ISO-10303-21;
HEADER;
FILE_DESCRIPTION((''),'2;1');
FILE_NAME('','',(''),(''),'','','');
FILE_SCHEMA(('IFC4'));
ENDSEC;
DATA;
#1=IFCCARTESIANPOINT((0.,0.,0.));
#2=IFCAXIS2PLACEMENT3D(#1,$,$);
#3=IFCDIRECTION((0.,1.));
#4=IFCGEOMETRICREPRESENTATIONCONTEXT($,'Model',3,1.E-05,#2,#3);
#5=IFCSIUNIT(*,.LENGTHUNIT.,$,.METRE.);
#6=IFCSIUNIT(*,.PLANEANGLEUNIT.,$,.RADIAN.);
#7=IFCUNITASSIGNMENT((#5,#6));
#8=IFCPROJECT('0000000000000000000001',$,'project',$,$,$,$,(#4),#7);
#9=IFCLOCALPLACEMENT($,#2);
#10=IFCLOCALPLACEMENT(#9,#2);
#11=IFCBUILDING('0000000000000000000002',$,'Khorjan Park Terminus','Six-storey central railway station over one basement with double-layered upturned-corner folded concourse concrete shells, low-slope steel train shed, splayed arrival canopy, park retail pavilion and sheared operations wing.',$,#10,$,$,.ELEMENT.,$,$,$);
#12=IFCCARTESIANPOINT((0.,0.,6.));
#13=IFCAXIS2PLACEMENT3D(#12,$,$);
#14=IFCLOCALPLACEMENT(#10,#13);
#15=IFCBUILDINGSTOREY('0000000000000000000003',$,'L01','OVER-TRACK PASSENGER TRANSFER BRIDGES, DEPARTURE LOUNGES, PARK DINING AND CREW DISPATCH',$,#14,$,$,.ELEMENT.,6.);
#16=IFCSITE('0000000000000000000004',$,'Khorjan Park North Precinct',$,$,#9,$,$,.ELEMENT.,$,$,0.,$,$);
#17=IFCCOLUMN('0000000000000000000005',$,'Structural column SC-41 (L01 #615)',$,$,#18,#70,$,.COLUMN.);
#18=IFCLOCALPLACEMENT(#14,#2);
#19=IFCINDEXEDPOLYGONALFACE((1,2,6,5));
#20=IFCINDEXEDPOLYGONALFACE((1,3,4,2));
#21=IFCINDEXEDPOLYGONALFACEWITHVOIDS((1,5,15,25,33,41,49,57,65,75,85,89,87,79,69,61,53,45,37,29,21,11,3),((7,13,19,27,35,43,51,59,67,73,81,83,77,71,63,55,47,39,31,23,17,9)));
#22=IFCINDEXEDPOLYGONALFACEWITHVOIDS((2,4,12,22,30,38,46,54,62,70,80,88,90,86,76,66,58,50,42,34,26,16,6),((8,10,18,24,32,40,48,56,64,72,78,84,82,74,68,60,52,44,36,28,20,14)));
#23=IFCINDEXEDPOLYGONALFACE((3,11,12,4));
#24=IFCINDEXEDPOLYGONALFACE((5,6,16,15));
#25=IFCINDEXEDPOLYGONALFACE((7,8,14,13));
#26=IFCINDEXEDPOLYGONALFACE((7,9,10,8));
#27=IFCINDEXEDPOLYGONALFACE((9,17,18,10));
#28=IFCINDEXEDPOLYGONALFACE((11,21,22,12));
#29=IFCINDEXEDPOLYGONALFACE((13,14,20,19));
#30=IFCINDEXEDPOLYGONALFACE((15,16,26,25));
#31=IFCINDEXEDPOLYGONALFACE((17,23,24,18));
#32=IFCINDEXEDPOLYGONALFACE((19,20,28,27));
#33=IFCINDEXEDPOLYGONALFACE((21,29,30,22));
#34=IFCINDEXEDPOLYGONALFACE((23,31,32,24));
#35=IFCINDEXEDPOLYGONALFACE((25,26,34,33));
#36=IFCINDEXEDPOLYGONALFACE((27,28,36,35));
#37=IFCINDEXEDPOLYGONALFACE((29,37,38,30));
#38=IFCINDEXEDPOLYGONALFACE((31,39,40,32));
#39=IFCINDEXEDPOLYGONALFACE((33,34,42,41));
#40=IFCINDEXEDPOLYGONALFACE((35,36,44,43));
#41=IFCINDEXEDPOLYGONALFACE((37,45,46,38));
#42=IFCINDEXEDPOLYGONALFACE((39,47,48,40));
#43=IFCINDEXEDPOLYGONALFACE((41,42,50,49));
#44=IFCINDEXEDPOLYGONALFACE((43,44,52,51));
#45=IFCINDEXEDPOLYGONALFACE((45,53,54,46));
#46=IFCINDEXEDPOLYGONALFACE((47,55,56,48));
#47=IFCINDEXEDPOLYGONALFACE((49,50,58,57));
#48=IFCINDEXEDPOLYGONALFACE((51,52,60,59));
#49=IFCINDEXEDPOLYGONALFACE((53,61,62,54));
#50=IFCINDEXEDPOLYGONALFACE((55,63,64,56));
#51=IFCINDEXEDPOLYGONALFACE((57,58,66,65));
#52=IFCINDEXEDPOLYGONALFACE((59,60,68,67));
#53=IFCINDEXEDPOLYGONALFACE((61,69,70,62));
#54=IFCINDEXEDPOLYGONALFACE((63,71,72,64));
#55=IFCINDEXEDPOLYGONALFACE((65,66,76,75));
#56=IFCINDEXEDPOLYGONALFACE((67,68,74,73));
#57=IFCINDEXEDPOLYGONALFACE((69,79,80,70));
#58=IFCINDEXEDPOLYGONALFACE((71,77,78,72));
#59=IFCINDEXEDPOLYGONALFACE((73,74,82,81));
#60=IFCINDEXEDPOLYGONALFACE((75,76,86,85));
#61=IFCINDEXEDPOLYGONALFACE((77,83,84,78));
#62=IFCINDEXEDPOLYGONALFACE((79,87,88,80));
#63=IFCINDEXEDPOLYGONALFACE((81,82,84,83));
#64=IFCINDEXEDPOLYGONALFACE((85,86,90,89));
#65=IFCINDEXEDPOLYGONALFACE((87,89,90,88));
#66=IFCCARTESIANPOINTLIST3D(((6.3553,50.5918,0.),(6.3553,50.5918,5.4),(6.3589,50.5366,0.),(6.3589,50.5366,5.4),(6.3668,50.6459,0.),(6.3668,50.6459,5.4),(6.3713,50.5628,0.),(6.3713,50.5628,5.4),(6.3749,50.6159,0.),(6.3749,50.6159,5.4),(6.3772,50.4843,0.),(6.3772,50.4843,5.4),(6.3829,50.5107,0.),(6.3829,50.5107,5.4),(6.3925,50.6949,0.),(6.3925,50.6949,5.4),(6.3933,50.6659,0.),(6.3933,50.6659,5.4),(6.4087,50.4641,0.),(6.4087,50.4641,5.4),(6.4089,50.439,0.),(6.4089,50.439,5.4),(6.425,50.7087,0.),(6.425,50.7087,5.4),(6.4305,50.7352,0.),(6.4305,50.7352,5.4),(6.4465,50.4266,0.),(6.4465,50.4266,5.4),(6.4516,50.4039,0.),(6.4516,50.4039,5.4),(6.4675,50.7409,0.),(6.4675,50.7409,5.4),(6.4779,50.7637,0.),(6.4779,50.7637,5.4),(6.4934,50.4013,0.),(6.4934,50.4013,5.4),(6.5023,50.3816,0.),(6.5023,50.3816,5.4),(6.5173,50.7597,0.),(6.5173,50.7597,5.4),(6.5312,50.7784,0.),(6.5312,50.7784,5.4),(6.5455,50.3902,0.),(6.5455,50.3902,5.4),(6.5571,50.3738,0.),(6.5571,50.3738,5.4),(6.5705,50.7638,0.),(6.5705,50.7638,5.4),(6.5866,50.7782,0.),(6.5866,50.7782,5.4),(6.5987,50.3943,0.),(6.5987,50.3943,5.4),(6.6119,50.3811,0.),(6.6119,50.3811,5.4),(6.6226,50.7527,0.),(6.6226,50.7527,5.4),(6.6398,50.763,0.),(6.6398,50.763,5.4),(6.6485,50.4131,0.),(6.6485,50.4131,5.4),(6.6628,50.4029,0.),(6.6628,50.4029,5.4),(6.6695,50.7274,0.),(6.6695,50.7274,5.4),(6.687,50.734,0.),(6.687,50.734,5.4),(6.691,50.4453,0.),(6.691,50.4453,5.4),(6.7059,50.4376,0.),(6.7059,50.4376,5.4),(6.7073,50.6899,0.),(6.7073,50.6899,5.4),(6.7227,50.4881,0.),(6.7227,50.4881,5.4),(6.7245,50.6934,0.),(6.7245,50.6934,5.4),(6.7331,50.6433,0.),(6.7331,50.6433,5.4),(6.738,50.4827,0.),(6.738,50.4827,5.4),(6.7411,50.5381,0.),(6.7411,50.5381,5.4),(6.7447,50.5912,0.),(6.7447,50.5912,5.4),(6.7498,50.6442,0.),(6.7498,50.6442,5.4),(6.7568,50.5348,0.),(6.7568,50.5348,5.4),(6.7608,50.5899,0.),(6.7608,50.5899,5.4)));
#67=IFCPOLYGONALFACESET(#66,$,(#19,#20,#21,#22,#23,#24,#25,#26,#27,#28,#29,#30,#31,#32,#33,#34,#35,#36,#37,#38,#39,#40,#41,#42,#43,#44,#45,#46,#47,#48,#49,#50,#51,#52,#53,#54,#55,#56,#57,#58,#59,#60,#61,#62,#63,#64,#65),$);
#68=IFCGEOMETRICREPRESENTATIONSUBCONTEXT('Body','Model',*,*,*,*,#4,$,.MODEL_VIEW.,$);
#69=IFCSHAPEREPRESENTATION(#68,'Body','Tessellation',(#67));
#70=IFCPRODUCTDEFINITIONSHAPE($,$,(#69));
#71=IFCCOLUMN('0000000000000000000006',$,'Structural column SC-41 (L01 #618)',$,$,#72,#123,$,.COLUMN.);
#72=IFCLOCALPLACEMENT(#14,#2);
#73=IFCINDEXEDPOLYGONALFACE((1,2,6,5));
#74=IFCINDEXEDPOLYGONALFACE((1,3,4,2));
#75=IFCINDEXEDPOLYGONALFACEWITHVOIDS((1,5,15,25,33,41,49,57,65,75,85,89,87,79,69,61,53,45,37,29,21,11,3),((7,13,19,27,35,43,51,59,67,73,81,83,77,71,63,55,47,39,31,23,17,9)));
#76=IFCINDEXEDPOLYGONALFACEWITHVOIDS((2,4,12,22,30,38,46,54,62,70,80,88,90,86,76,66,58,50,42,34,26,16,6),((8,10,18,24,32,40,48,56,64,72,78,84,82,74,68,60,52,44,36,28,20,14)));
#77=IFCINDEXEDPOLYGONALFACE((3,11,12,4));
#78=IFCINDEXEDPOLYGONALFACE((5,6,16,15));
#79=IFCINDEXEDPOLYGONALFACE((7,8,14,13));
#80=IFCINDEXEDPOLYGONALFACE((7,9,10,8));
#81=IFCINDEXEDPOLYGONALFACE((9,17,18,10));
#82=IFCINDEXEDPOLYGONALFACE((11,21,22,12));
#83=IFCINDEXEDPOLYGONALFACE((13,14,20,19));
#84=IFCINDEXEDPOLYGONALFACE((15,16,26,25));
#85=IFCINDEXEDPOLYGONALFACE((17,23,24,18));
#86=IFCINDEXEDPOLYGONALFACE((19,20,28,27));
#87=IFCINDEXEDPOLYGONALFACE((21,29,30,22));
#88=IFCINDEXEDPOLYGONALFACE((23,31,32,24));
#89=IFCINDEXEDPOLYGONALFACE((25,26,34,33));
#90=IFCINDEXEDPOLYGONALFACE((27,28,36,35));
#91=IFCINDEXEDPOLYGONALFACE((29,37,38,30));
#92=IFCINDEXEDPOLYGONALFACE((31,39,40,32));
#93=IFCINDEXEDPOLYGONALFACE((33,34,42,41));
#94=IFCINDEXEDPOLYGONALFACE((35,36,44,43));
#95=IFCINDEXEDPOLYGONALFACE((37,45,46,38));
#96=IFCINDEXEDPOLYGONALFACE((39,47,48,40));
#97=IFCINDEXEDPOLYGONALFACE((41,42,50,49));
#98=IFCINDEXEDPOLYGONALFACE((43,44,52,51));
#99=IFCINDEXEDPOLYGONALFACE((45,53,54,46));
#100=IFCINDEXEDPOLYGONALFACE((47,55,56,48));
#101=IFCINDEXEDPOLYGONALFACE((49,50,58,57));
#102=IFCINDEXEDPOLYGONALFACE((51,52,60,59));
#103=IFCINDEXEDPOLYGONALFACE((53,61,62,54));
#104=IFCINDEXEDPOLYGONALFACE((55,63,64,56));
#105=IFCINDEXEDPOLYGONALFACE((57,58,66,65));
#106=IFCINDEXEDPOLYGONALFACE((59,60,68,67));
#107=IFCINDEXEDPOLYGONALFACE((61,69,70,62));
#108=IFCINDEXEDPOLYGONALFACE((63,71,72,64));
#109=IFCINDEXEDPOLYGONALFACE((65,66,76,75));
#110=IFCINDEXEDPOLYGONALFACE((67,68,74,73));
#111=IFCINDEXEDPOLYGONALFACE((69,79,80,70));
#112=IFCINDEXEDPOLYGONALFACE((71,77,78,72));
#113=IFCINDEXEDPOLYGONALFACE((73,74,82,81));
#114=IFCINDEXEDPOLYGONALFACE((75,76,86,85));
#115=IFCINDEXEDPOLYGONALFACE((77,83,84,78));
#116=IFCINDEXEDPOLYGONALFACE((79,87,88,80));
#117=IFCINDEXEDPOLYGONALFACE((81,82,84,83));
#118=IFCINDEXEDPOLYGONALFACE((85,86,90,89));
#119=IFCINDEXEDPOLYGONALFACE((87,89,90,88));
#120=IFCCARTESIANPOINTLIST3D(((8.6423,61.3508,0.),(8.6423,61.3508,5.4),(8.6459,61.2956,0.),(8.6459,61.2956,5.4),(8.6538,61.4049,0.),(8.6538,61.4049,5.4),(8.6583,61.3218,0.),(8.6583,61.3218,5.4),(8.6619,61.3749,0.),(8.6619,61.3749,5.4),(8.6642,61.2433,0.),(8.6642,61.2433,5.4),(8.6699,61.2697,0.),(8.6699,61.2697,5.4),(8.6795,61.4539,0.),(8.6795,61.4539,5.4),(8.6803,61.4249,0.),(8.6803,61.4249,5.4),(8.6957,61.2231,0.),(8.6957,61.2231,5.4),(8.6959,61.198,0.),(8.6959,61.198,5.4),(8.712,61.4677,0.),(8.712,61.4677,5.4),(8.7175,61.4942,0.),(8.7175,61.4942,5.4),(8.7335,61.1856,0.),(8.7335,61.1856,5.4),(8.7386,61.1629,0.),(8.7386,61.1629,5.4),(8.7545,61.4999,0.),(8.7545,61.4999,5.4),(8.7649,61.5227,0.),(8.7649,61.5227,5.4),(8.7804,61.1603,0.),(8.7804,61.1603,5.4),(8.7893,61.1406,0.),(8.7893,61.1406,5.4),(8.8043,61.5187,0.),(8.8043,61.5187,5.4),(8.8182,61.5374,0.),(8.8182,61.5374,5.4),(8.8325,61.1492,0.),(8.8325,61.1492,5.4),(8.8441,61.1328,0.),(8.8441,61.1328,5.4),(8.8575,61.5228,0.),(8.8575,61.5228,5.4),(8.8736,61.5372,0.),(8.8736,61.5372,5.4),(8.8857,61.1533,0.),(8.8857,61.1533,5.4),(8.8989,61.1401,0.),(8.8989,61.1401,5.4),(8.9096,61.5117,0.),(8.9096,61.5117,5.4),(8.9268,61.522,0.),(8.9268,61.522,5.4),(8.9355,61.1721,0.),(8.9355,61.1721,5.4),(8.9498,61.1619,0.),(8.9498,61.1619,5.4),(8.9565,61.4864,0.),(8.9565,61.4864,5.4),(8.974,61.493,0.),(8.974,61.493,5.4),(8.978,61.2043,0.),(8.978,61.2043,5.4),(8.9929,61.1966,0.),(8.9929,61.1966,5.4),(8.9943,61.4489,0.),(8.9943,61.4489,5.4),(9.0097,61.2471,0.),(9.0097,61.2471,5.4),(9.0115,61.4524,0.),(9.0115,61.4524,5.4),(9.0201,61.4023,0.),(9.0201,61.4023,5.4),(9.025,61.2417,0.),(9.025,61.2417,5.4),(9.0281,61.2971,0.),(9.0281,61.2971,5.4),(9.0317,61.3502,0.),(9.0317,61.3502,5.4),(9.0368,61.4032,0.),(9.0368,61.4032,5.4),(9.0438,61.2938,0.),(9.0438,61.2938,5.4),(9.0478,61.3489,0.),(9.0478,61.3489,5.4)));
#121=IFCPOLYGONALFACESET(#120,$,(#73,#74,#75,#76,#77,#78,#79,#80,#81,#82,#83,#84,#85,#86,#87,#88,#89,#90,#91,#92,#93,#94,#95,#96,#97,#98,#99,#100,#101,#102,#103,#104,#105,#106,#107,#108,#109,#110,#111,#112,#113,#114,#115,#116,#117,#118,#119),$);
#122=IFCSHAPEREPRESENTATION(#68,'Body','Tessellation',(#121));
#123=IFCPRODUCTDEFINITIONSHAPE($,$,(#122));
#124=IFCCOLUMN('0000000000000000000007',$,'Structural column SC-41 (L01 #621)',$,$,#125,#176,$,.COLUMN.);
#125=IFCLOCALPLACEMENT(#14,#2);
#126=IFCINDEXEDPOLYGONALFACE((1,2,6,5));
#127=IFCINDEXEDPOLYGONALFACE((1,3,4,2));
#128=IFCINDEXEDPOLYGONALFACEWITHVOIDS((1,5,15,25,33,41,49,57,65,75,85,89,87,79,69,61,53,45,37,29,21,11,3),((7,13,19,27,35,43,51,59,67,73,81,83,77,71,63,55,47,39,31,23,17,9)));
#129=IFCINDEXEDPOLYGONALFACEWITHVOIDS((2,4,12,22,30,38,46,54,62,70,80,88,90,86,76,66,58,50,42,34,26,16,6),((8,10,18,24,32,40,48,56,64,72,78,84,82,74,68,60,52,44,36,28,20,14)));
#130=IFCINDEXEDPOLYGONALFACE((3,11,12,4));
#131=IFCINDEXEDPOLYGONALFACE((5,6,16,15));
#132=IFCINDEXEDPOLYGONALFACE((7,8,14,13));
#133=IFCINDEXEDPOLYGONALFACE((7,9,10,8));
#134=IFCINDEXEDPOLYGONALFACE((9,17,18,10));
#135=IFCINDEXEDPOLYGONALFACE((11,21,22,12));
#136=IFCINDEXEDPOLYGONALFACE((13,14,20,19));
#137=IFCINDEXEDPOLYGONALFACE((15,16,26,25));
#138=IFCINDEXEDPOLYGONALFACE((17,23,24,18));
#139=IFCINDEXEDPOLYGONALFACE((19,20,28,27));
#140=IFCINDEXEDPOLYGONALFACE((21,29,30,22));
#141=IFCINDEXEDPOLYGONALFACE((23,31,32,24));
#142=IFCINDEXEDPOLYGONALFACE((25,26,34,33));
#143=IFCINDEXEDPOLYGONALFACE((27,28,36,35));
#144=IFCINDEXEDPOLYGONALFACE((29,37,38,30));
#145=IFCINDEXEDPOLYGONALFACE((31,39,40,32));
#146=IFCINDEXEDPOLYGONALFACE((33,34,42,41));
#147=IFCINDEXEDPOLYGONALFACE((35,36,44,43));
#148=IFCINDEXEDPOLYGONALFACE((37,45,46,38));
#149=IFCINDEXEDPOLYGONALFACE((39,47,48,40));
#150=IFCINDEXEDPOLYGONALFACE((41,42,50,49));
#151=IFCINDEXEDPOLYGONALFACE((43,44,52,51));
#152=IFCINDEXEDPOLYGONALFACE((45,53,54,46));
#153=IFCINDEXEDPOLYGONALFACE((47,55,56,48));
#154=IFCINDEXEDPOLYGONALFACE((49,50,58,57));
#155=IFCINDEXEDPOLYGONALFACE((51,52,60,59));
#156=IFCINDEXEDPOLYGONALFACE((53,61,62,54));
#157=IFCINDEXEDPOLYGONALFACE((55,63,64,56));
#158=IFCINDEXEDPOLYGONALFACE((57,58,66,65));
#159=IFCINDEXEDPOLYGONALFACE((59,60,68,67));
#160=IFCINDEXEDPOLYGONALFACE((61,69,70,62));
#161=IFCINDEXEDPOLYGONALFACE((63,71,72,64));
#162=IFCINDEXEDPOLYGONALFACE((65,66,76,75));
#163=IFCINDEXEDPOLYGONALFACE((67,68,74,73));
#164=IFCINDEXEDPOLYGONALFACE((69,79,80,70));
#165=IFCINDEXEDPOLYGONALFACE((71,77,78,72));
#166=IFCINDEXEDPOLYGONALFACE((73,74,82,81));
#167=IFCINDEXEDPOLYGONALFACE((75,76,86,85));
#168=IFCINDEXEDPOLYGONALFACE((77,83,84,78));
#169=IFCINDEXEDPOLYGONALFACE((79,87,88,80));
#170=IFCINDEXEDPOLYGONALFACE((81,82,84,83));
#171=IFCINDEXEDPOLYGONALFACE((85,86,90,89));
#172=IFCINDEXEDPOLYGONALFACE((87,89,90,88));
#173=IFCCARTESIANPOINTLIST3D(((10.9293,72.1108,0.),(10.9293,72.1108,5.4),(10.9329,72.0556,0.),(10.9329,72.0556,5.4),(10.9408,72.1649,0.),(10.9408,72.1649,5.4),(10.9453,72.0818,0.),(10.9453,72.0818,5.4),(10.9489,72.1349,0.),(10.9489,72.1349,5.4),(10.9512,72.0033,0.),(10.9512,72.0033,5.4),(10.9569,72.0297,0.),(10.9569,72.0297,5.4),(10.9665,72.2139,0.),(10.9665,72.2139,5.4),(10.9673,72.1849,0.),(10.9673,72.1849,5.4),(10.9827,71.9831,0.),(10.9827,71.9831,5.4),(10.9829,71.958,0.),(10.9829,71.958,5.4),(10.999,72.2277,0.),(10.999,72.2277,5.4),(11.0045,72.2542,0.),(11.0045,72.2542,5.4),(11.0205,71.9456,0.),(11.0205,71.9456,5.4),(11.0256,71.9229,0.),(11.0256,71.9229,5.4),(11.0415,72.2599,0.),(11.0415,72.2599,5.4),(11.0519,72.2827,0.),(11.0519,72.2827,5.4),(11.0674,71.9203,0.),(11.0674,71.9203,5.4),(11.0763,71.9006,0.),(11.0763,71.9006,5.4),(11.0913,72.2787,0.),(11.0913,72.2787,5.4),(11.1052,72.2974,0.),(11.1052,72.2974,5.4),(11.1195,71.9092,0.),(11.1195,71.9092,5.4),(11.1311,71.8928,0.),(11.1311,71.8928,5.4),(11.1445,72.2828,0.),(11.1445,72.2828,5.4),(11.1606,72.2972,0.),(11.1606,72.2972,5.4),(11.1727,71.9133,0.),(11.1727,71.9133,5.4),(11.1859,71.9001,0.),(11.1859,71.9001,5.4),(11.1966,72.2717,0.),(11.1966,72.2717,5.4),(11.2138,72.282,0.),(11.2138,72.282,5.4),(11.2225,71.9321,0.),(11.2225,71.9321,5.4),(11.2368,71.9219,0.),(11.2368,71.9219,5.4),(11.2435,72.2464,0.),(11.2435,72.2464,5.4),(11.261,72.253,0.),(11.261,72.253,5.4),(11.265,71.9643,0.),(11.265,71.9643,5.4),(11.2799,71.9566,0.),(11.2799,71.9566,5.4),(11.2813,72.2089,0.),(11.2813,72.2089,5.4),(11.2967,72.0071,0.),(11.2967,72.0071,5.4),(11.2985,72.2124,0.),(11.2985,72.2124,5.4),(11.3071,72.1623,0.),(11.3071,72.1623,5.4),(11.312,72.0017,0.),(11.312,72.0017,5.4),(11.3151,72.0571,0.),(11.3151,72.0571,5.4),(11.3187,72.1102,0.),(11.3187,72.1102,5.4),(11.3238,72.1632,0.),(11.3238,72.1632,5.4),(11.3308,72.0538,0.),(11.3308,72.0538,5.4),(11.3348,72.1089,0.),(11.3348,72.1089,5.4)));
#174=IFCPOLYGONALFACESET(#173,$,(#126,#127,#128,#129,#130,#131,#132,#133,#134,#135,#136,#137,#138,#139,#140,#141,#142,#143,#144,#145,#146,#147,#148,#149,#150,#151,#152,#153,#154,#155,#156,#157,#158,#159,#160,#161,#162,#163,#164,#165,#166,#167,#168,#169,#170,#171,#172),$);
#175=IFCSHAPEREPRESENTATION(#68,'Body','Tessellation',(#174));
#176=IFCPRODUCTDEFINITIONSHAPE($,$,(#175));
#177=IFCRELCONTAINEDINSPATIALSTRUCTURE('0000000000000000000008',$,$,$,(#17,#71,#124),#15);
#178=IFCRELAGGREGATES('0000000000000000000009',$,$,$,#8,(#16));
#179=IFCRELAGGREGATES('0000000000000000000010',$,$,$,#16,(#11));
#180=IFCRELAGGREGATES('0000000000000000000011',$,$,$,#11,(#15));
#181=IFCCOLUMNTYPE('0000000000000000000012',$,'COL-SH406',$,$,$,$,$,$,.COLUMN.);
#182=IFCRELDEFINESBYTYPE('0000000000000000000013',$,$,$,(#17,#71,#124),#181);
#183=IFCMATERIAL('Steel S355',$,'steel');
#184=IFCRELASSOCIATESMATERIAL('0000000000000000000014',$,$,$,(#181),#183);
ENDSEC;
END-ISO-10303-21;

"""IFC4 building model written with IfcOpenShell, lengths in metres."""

from ifc_helpers import new_model, si_unit, direction, frame, origin, origin_2d, place, context, subcontext, project, spatial, hollow_circle, extrude, material, material_profile, profile_set, type_object, element, save


model = new_model("IFC4")

# Units and contexts
model_context = context("Model", 3, precision=1e-05, world=origin(), true_north=direction((0.0, 1.0)))
body_context = subcontext(model_context, "Body", "Model", "MODEL_VIEW")
ifc_project = project(units=[si_unit("LENGTHUNIT", "METRE"), si_unit("PLANEANGLEUNIT", "RADIAN")], contexts=[model_context])

# Site, building, storey
site_placement = place(None, origin())
site = spatial("IfcSite", under=ifc_project, at=site_placement, Name="Khorjan Park North Precinct", CompositionType="ELEMENT", RefElevation=0.0)
building_placement = place(site_placement, origin())
building = spatial("IfcBuilding", under=site, at=building_placement, Name="Khorjan Park Terminus", Description="Six-storey central railway station over one basement with double-layered upturned-corner folded concourse concrete shells, low-slope steel train shed, splayed arrival canopy, park retail pavilion and sheared operations wing.", CompositionType="ELEMENT")
storey_placement = place(building_placement, frame((0.0, 0.0, 6.0)))
storey = spatial("IfcBuildingStorey", under=building, at=storey_placement, Name="L01", Description="OVER-TRACK PASSENGER TRANSFER BRIDGES, DEPARTURE LOUNGES, PARK DINING AND CREW DISPATCH", CompositionType="ELEMENT", Elevation=6.0)

# Columns
ifc_material_1 = material(Name="Steel S355", Category="steel")
ifc_material_profile_1 = material_profile(ifc_material_1, hollow_circle(Radius=0.2032, WallThickness=0.016, at=origin_2d()), Name="CHS 406.4x16")
ifc_profile_set_1 = profile_set([ifc_material_profile_1], Name="Steel S355")
column_type_1 = type_object("IfcColumnType", Name="COL-SH406", PredefinedType="COLUMN", material=ifc_profile_set_1)
for number, where, z_axis, x_axis, name in (
    (1, (6.558, 50.577, 0.0), (0.0, 0.0, 1.0), (0.978148, -0.207912, 0.0), "Structural column SC-41 (L01 #615)"),
    (2, (8.845, 61.336, 0.0), (0.0, 0.0, 1.0), (0.978148, -0.207912, 0.0), "Structural column SC-41 (L01 #618)"),
    (3, (11.132, 72.096, 0.0), (0.0, 0.0, 1.0), (0.978148, -0.207912, 0.0), "Structural column SC-41 (L01 #621)"),
):
    element("IfcColumn", number, at=place(storey_placement, frame(where, z_axis=z_axis, x_axis=x_axis)), inside=storey, type_object=column_type_1, Name=name, PredefinedType="COLUMN", context=body_context, shape_type="SweptSolid", body=[
        extrude(hollow_circle(Radius=0.2032, WallThickness=0.016, at=origin_2d()), origin(), (0.0, 0.0, 1.0), 5.4),
    ])

save(model, "model.ifc")
